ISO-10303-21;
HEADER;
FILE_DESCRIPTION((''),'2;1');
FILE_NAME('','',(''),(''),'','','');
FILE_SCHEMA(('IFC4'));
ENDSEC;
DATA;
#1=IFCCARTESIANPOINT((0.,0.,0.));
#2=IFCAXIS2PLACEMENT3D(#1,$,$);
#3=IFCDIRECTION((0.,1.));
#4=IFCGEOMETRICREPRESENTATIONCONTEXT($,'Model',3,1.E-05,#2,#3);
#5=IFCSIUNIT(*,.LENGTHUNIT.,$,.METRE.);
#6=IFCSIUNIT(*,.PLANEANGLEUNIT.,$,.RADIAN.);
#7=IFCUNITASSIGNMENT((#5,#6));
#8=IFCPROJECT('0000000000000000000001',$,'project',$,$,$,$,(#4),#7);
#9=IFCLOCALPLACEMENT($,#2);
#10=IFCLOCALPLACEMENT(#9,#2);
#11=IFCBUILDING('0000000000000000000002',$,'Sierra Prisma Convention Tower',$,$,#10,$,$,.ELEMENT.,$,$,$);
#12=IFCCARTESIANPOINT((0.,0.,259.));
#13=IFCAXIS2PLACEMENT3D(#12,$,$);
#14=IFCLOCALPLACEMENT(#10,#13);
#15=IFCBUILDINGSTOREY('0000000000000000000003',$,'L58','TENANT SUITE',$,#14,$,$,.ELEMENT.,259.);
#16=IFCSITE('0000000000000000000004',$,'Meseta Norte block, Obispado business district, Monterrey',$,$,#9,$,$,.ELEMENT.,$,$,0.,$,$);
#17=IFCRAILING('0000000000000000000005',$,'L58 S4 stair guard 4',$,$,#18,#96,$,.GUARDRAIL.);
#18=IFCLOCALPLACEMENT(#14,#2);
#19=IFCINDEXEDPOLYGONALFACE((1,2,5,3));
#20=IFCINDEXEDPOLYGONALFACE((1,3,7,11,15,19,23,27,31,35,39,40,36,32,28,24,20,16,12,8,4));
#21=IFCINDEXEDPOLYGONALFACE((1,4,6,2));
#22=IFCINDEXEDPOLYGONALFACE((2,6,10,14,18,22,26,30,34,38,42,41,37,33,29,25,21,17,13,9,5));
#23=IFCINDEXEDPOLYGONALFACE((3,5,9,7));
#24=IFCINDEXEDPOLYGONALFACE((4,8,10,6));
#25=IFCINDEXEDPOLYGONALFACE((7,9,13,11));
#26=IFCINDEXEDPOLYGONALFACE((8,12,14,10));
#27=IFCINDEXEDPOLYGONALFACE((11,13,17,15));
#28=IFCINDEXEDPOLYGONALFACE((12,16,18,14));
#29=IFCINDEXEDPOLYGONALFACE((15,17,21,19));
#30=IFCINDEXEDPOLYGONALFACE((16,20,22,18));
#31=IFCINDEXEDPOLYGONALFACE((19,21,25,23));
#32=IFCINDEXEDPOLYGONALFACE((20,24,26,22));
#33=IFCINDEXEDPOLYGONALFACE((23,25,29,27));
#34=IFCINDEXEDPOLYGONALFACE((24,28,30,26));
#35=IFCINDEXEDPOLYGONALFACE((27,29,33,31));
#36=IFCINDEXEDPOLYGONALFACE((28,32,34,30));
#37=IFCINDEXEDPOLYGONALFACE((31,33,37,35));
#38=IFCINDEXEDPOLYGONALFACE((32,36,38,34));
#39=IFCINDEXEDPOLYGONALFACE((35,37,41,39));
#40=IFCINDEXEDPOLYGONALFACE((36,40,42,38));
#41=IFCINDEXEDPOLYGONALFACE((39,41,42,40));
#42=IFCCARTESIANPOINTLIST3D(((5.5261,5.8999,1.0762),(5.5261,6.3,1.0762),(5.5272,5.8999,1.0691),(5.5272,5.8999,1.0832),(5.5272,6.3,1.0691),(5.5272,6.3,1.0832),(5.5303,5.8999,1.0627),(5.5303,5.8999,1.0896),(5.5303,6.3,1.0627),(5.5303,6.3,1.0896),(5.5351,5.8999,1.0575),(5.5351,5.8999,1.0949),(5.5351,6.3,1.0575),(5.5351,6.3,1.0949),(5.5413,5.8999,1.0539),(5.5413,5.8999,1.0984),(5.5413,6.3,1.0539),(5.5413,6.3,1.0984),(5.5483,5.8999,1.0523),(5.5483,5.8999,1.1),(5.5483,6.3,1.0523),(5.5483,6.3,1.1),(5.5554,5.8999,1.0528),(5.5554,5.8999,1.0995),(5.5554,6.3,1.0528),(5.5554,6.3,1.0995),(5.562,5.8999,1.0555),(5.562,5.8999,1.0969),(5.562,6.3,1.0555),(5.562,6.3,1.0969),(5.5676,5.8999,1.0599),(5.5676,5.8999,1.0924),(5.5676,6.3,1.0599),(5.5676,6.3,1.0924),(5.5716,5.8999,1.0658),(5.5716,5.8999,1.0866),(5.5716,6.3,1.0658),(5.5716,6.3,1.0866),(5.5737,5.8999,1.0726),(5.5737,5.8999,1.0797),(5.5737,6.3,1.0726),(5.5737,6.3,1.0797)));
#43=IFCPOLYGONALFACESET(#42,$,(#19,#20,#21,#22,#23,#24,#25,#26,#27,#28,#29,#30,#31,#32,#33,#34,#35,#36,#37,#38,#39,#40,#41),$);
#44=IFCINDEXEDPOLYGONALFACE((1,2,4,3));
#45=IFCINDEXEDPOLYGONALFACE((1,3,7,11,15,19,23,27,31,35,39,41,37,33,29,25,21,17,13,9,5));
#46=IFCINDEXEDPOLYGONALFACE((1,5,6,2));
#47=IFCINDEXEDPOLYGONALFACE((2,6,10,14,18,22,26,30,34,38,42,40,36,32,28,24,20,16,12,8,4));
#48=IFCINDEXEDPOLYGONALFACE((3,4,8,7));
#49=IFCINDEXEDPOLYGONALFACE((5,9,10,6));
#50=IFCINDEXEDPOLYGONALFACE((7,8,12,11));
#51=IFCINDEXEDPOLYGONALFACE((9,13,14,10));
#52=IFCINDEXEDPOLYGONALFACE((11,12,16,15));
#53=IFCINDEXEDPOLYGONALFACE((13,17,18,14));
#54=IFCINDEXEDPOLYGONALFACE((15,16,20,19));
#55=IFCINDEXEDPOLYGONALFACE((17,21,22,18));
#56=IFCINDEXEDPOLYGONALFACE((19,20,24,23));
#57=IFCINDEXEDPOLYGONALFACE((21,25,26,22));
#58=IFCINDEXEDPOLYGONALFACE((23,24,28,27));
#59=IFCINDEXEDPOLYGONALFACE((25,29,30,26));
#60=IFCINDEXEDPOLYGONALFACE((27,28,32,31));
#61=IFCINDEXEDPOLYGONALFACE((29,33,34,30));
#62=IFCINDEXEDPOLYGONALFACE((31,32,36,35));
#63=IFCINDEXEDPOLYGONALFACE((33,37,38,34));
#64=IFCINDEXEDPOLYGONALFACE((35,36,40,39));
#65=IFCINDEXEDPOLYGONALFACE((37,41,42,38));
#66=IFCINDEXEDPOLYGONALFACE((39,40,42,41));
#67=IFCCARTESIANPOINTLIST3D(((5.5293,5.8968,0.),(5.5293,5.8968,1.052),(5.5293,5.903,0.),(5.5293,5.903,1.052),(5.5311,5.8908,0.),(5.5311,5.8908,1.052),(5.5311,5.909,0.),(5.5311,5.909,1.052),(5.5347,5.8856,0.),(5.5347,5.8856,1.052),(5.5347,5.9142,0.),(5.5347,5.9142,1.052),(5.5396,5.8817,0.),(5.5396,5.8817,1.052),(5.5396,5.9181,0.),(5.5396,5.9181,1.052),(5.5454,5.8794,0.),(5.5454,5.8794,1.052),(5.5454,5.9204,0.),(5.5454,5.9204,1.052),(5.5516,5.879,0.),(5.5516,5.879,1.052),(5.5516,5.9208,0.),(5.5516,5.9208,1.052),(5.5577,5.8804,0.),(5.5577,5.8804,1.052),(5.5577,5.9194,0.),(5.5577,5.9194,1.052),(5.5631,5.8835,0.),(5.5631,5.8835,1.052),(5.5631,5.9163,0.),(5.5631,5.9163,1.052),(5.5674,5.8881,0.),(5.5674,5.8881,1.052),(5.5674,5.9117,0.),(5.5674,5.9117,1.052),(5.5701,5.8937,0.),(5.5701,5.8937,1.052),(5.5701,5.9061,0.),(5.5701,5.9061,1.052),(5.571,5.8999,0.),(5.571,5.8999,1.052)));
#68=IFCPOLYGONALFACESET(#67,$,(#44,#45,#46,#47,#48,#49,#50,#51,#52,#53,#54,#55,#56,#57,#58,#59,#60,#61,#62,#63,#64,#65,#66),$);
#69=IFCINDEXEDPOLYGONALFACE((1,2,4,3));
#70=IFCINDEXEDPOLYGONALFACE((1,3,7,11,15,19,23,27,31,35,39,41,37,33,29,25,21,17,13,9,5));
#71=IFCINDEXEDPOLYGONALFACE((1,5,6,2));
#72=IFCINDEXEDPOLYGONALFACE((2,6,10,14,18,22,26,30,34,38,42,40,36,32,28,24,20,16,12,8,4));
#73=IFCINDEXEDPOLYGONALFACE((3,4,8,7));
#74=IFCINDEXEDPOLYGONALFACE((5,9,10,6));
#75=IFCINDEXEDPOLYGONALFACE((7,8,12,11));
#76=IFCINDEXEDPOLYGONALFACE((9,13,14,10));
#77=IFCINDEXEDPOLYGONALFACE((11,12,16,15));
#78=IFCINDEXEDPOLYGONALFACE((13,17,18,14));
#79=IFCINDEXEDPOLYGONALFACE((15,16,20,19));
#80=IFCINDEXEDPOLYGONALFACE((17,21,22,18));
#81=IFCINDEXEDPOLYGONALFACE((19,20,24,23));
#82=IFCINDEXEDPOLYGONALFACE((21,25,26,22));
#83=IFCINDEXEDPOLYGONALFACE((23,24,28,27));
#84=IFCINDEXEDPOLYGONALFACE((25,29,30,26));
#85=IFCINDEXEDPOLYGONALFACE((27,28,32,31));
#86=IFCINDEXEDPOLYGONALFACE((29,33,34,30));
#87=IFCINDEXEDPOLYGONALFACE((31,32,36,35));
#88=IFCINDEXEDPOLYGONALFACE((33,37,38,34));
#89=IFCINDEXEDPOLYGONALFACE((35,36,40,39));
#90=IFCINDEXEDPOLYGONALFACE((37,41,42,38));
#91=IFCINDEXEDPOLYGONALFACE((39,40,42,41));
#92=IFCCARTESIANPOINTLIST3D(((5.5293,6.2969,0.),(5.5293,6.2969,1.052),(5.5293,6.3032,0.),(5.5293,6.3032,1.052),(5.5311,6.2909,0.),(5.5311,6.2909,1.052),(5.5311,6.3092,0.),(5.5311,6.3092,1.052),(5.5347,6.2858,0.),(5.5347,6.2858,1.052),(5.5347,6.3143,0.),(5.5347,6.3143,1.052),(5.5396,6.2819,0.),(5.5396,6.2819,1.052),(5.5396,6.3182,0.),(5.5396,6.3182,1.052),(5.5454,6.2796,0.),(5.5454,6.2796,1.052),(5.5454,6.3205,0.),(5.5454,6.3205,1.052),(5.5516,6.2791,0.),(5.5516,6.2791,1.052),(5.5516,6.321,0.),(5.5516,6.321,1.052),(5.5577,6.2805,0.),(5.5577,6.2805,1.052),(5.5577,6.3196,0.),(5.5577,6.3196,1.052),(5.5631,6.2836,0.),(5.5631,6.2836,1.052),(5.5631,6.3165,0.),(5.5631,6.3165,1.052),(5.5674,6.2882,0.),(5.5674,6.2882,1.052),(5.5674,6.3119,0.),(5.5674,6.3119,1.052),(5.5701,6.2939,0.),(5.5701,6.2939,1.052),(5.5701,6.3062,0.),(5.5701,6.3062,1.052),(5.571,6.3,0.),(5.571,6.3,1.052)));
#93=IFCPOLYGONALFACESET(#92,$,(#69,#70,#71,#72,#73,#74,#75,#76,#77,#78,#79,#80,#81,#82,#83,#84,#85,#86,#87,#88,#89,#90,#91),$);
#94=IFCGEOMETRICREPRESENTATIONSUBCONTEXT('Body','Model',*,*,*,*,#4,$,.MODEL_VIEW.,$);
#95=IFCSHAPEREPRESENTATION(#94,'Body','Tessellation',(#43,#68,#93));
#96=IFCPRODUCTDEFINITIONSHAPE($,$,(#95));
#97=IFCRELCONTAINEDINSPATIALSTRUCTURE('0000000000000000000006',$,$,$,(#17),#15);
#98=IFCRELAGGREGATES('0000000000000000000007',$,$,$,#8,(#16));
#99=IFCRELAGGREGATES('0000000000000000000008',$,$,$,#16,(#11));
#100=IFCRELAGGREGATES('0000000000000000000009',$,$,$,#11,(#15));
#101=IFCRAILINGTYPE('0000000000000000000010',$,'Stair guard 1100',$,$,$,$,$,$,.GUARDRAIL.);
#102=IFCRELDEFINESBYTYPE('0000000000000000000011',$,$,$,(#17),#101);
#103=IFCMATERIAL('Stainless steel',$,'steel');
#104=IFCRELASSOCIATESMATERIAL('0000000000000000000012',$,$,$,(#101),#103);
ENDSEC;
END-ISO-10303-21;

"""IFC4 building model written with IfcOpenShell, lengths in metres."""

from ifc_helpers import new_model, si_unit, direction, frame, origin, origin_2d, place, context, subcontext, project, spatial, circle, extrude, material, type_object, element, save


model = new_model("IFC4")

# Units and contexts
model_context = context("Model", 3, precision=1e-05, world=origin(), true_north=direction((0.0, 1.0)))
body_context = subcontext(model_context, "Body", "Model", "MODEL_VIEW")
ifc_project = project(units=[si_unit("LENGTHUNIT", "METRE"), si_unit("PLANEANGLEUNIT", "RADIAN")], contexts=[model_context])

# Site, building, storey
site_placement = place(None, origin())
site = spatial("IfcSite", under=ifc_project, at=site_placement, Name="Meseta Norte block, Obispado business district, Monterrey", CompositionType="ELEMENT", RefElevation=0.0)
building_placement = place(site_placement, origin())
building = spatial("IfcBuilding", under=site, at=building_placement, Name="Sierra Prisma Convention Tower", CompositionType="ELEMENT")
storey_placement = place(building_placement, frame((0.0, 0.0, 259.0)))
storey = spatial("IfcBuildingStorey", under=building, at=storey_placement, Name="L58", Description="TENANT SUITE", CompositionType="ELEMENT", Elevation=259.0)

# Railing
ifc_material_1 = material(Name="Stainless steel", Category="steel")
railing_type_1 = type_object("IfcRailingType", Name="Stair guard 1100", PredefinedType="GUARDRAIL", material=ifc_material_1)
railing_1_placement = place(storey_placement, frame((5.55, 5.8999, 0.0)))
element("IfcRailing", 1, at=railing_1_placement, inside=storey, type_object=railing_type_1, Name="L58 S4 stair guard 4", PredefinedType="GUARDRAIL", context=body_context, shape_type="SweptSolid", body=[
    extrude(circle(Radius=0.0239, at=origin_2d()), frame((0.0, 0.0, 1.0762), z_axis=(0.0, 1.0, 0.0), x_axis=(-1.0, 0.0, 0.0)), (0.0, 0.0, 1.0), 0.4001),
    extrude(circle(Radius=0.021, at=origin_2d()), origin(), (0.0, 0.0, 1.0), 1.052),
    extrude(circle(Radius=0.021, at=origin_2d()), frame((0.0, 0.4001, 0.0)), (0.0, 0.0, 1.0), 1.052),
])

save(model, "model.ifc")
